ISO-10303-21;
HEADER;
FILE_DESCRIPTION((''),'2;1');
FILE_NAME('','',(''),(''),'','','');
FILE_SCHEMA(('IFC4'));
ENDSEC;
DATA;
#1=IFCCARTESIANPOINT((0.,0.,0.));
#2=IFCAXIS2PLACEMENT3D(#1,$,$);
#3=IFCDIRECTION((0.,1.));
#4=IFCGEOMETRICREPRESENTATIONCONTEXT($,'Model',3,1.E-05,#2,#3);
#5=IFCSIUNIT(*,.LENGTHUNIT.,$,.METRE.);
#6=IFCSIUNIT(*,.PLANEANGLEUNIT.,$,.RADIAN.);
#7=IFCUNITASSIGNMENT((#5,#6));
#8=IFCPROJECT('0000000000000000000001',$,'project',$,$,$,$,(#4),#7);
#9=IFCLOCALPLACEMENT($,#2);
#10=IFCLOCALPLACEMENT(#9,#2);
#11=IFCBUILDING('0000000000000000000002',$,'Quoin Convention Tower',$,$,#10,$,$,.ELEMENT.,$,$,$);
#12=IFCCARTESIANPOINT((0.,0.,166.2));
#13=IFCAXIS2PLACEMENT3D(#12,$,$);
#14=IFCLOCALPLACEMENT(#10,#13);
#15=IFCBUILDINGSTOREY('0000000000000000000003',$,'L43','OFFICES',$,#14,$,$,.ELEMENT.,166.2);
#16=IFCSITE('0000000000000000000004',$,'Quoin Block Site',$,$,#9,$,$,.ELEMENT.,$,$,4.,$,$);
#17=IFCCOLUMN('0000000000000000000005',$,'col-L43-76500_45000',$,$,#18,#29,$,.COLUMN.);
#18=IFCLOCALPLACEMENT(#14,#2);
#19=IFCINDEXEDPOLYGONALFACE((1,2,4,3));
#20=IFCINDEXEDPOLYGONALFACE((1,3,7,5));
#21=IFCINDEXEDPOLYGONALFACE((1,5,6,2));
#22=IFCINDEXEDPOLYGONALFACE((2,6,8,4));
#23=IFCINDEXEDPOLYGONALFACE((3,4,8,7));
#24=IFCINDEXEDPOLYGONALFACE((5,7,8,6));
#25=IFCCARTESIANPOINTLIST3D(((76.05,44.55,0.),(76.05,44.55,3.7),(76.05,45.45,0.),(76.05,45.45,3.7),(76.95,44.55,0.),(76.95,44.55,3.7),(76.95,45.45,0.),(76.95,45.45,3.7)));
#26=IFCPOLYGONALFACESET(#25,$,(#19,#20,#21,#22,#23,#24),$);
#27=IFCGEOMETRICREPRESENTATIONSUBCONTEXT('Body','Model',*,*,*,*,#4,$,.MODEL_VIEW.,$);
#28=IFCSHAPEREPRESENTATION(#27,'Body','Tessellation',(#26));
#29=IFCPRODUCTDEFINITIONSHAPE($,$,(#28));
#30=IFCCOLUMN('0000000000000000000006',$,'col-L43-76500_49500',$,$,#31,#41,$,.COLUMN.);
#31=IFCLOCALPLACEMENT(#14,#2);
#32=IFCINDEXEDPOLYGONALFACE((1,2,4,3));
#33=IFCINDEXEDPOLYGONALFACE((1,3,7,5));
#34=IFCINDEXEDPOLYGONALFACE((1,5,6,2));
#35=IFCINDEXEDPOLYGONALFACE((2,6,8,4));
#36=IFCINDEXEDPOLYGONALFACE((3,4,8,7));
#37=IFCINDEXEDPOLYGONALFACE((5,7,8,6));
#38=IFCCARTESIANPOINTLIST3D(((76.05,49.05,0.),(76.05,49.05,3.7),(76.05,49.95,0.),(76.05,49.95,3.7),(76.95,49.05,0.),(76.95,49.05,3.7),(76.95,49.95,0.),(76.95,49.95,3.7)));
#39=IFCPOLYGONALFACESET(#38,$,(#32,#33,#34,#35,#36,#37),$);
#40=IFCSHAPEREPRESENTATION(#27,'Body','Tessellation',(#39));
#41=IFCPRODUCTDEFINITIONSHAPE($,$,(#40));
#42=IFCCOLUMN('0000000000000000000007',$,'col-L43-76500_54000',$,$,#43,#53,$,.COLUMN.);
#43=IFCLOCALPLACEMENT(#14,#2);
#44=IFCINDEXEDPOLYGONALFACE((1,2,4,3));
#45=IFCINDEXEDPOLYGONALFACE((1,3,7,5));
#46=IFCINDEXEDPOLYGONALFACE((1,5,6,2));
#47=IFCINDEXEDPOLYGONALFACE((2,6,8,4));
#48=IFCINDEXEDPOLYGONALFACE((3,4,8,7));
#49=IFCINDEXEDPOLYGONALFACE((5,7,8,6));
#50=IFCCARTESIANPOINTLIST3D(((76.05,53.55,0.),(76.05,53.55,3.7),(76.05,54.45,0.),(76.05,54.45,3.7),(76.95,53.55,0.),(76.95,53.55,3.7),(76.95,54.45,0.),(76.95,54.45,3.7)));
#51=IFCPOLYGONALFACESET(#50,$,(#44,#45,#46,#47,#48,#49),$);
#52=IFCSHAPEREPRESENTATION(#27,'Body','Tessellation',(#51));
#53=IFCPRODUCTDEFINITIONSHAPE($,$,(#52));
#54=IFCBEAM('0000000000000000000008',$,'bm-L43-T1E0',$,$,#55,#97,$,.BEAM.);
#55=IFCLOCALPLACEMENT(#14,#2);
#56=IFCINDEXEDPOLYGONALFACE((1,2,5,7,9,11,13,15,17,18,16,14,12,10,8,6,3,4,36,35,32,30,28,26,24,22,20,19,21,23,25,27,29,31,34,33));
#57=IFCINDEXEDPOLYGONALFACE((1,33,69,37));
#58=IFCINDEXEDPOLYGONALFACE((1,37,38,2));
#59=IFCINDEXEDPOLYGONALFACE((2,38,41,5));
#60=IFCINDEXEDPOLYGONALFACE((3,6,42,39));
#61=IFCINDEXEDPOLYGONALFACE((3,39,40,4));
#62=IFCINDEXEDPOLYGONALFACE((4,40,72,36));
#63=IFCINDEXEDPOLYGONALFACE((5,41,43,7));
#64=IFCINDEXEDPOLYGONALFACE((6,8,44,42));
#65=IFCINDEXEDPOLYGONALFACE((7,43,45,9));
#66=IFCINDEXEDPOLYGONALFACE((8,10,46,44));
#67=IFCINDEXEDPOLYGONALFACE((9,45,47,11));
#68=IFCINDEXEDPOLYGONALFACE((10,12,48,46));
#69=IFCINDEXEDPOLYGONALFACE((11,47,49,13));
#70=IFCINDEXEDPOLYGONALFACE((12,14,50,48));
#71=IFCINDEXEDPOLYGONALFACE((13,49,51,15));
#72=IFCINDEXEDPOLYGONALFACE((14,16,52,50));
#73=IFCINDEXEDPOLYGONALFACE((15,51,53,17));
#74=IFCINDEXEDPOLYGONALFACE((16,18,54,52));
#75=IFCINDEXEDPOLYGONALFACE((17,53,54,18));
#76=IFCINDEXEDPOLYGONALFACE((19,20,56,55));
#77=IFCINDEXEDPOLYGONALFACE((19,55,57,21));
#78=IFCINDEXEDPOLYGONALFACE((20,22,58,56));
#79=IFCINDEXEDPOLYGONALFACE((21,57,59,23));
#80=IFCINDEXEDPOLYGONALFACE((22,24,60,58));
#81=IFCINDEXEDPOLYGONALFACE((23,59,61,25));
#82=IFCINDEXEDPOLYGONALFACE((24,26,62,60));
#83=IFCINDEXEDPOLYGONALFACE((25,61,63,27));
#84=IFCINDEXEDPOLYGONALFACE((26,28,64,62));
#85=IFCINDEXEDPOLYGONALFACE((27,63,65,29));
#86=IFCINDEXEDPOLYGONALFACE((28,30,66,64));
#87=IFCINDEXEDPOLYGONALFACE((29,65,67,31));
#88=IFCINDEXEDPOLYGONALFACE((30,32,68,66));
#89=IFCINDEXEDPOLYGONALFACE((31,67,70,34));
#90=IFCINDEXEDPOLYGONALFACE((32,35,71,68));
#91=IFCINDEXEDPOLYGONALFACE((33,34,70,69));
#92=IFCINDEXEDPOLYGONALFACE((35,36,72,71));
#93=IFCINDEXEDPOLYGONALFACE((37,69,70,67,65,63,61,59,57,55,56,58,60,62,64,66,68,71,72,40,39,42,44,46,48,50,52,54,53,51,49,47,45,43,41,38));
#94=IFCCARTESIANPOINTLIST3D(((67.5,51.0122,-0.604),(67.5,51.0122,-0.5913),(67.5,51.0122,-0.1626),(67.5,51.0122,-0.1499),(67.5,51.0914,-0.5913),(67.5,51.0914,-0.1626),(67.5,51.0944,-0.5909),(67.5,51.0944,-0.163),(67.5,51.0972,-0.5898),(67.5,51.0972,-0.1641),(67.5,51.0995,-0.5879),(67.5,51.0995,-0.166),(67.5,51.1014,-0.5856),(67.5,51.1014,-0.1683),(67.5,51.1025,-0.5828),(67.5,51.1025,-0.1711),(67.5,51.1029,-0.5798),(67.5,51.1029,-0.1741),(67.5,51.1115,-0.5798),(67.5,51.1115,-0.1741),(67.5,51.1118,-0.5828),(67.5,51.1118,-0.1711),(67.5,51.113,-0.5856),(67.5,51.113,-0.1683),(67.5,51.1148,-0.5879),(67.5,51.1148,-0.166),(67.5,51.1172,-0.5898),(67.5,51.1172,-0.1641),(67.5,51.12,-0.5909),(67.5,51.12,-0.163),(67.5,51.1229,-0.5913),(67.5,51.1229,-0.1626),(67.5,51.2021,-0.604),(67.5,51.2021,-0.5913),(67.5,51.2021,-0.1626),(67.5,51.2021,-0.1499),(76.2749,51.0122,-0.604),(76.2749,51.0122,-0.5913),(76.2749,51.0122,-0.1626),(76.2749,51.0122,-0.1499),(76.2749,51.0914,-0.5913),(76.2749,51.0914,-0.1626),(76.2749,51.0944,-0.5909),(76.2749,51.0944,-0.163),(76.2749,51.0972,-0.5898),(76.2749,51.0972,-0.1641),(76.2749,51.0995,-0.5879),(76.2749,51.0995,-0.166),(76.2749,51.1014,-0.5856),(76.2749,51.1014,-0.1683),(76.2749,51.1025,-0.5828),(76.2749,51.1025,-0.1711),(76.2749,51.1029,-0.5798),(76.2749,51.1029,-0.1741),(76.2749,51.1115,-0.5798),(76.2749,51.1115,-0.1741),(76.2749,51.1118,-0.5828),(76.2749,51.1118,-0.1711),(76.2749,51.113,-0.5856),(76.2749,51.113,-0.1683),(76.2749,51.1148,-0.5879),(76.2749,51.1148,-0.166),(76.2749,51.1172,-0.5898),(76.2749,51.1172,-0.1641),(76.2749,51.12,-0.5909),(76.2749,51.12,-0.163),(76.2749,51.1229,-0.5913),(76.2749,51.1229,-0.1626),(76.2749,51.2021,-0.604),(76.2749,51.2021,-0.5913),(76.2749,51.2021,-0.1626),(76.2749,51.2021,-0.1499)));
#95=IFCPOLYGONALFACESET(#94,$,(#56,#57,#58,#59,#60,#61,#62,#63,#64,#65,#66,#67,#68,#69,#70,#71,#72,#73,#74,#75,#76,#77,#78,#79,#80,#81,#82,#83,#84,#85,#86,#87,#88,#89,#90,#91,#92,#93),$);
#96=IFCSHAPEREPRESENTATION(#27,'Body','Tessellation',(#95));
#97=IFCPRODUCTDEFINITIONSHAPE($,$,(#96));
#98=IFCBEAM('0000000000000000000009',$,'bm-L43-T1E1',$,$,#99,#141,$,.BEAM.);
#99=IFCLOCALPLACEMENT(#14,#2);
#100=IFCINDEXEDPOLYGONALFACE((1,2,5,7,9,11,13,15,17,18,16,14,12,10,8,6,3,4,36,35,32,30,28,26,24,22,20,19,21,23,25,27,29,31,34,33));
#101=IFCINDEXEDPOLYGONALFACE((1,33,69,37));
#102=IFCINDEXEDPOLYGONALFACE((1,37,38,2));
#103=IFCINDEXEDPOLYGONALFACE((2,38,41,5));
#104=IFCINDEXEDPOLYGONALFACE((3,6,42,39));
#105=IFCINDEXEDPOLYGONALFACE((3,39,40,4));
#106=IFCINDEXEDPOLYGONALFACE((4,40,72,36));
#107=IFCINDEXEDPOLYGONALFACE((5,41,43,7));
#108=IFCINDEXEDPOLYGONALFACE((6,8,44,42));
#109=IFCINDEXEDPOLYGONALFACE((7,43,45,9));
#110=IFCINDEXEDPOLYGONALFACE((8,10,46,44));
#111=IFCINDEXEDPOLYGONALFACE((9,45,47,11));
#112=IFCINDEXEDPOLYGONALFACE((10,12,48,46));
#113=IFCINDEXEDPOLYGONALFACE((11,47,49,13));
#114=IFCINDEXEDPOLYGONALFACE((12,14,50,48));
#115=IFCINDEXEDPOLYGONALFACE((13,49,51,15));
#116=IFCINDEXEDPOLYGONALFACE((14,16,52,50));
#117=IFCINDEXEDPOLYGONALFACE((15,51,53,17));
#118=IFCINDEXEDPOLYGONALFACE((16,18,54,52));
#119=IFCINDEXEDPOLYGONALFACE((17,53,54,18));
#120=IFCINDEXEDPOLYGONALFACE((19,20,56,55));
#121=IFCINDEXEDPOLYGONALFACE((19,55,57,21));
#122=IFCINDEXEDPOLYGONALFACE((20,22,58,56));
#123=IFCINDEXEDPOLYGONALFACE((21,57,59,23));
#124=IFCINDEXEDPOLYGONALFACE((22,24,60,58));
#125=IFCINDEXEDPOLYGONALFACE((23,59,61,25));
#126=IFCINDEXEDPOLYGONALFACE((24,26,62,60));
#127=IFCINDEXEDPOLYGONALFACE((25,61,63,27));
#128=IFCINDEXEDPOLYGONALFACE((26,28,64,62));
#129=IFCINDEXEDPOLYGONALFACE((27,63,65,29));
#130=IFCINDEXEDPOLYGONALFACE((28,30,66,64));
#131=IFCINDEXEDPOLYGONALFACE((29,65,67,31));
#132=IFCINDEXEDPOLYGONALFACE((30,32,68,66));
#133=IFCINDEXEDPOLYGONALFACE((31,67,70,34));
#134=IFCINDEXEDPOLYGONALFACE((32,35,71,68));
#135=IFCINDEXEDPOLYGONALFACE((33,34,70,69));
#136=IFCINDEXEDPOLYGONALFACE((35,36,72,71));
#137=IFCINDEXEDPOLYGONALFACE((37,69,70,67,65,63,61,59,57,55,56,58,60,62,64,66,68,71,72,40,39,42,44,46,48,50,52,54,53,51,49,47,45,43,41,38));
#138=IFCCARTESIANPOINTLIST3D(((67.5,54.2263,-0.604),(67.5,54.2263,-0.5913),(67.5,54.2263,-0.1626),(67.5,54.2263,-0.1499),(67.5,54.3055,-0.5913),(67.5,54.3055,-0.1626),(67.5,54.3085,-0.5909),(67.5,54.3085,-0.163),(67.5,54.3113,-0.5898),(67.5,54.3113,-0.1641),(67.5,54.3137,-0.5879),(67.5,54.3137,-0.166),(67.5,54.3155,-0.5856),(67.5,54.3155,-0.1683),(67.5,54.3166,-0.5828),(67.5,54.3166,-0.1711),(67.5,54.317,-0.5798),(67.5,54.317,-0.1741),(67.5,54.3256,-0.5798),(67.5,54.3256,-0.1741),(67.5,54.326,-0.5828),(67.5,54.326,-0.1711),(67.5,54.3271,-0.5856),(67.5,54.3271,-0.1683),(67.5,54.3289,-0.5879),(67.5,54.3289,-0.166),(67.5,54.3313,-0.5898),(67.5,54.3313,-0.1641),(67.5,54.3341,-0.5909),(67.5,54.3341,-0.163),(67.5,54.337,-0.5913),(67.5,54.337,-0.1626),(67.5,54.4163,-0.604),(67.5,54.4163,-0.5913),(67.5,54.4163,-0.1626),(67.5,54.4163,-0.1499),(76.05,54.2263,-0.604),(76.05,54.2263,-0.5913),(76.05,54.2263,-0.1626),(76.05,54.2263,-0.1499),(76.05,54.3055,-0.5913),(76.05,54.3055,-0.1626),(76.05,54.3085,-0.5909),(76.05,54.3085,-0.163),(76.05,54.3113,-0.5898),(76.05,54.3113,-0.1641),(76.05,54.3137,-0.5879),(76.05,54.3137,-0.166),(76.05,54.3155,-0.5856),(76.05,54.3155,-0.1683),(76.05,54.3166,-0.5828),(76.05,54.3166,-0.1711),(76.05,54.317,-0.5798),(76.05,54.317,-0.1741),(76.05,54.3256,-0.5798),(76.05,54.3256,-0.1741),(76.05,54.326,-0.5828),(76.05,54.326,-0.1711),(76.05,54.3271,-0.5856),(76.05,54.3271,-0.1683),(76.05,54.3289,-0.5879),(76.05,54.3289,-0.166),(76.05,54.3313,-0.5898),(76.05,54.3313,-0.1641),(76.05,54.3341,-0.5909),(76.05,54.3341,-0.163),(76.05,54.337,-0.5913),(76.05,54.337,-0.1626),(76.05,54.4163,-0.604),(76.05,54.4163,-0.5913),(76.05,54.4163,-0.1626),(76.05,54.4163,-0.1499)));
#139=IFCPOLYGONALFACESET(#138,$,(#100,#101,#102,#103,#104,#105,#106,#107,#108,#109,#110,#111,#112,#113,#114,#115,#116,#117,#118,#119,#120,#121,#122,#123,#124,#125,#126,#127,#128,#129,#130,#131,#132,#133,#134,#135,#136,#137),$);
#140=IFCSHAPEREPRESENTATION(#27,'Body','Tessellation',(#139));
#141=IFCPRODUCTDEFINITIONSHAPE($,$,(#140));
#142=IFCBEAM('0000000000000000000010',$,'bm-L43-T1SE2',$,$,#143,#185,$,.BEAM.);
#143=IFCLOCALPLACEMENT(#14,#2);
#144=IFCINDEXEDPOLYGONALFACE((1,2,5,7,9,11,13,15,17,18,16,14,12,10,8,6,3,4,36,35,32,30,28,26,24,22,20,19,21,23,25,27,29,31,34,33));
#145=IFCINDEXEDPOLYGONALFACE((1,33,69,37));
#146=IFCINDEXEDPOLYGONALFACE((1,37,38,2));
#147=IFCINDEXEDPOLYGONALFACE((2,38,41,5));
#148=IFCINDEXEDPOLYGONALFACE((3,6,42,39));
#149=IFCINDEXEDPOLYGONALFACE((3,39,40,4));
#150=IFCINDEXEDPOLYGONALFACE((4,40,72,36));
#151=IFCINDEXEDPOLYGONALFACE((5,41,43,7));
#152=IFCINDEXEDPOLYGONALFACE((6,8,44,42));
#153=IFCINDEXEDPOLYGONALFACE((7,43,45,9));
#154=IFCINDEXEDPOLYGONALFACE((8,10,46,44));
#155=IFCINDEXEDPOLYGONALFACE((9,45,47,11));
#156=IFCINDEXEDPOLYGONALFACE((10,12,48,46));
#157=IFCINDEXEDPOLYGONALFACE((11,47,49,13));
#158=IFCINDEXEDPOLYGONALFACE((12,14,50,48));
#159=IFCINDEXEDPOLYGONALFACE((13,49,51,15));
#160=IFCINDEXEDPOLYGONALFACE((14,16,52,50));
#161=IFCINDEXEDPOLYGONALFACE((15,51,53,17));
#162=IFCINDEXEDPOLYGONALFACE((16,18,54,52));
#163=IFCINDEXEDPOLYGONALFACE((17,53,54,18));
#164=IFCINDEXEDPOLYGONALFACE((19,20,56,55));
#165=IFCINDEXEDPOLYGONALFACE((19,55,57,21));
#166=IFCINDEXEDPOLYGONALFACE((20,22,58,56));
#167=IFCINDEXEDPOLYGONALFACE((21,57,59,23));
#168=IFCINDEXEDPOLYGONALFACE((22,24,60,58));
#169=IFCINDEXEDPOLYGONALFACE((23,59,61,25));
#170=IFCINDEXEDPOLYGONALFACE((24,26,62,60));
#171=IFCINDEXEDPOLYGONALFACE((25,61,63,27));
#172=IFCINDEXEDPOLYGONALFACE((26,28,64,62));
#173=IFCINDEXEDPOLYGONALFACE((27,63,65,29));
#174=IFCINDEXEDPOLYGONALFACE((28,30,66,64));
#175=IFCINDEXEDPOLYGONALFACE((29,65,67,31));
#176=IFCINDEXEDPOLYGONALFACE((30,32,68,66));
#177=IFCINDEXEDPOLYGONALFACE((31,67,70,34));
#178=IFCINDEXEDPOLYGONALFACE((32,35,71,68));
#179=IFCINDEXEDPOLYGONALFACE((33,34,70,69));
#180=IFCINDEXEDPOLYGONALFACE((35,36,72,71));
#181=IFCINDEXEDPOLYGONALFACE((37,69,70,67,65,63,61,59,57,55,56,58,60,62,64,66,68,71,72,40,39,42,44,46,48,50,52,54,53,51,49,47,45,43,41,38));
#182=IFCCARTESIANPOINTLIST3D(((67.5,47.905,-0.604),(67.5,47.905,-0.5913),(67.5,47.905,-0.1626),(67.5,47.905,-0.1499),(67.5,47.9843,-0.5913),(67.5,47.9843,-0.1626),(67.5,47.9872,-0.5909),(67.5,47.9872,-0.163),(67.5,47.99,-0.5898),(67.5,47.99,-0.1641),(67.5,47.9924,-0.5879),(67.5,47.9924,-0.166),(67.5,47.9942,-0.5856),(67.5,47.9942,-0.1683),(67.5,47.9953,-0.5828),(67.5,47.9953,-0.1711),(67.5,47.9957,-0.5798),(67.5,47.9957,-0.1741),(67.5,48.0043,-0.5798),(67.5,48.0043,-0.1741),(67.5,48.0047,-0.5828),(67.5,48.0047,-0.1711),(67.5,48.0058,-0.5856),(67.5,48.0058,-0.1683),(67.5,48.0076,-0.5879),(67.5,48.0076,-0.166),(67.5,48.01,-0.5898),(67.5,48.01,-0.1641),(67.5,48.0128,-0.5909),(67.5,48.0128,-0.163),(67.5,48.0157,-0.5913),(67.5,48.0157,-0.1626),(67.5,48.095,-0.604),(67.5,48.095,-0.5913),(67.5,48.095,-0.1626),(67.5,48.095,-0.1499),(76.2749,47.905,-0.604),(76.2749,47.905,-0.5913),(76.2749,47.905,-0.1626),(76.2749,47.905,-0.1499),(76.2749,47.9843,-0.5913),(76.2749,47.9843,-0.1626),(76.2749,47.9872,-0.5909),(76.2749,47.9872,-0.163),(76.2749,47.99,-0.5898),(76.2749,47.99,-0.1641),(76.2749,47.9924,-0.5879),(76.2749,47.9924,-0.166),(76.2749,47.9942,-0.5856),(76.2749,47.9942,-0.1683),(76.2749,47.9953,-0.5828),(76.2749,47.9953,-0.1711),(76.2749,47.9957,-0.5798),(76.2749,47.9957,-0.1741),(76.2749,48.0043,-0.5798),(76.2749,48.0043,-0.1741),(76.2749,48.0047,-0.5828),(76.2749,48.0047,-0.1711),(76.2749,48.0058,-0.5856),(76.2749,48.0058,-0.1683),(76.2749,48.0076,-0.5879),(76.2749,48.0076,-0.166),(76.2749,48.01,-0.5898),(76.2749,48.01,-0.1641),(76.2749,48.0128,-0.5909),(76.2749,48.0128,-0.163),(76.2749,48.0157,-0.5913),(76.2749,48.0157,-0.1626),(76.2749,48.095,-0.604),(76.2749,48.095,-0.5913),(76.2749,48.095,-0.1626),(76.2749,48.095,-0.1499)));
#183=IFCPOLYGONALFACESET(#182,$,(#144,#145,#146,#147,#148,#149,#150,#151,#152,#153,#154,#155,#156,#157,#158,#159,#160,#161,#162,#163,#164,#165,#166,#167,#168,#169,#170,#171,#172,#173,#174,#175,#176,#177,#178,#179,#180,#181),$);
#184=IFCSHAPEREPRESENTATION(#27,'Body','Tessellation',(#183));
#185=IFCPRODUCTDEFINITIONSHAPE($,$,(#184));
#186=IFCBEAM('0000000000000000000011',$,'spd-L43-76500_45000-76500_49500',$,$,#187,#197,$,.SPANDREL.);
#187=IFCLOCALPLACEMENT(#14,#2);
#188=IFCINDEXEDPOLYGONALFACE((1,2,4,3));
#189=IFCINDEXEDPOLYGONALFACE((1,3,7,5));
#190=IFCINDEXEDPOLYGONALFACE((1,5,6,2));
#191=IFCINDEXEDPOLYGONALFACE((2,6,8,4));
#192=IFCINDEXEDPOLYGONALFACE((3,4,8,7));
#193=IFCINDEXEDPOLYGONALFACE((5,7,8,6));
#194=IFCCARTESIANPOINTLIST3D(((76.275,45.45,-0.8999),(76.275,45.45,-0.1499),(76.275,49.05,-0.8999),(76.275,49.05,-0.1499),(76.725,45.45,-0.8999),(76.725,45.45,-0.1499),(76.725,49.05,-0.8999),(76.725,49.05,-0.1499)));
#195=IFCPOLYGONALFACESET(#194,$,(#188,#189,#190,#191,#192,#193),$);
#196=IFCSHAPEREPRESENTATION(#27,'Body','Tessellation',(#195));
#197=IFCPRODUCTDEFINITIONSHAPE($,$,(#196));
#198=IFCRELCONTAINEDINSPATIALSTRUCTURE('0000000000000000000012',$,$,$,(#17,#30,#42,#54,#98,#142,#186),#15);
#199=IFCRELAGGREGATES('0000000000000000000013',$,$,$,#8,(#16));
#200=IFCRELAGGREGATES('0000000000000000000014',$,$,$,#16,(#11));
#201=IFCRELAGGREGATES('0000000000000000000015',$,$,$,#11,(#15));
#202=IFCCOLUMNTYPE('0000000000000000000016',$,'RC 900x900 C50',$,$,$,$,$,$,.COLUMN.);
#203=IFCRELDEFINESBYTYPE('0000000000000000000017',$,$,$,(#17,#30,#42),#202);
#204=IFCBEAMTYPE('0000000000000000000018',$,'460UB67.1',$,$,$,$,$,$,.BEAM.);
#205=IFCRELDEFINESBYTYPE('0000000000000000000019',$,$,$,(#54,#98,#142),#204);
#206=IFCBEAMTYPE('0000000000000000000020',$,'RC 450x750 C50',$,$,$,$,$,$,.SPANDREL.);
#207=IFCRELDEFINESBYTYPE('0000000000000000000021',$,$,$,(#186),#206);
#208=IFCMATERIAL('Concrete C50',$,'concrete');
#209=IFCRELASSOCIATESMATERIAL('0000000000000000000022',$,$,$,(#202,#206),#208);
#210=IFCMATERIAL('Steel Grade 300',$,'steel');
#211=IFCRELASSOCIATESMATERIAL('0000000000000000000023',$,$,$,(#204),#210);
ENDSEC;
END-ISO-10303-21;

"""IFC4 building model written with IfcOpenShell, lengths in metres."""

from ifc_helpers import new_model, si_unit, direction, frame, origin, origin_2d, place, context, subcontext, project, spatial, rectangle, i_section, extrude, material, material_profile, profile_set, type_object, element, save


model = new_model("IFC4")

# Units and contexts
model_context = context("Model", 3, precision=1e-05, world=origin(), true_north=direction((0.0, 1.0)))
body_context = subcontext(model_context, "Body", "Model", "MODEL_VIEW")
ifc_project = project(units=[si_unit("LENGTHUNIT", "METRE"), si_unit("PLANEANGLEUNIT", "RADIAN")], contexts=[model_context])

# Site, building, storey
site_placement = place(None, origin())
site = spatial("IfcSite", under=ifc_project, at=site_placement, Name="Quoin Block Site", CompositionType="ELEMENT", RefElevation=4.0)
building_placement = place(site_placement, origin())
building = spatial("IfcBuilding", under=site, at=building_placement, Name="Quoin Convention Tower", CompositionType="ELEMENT")
storey_placement = place(building_placement, frame((0.0, 0.0, 166.2)))
storey = spatial("IfcBuildingStorey", under=building, at=storey_placement, Name="L43", Description="OFFICES", CompositionType="ELEMENT", Elevation=166.2)

# Columns
ifc_material_1 = material(Name="Concrete C50", Category="concrete")
ifc_material_profile_1 = material_profile(ifc_material_1, rectangle(XDim=0.8999, YDim=0.8999, at=origin_2d()), Name="RC 900x900")
ifc_profile_set_1 = profile_set([ifc_material_profile_1], Name="Concrete C50")
column_type = type_object("IfcColumnType", Name="RC 900x900 C50", PredefinedType="COLUMN", material=ifc_profile_set_1)
for number, where, z_axis, x_axis, name in (
    (1, (76.5, 45.0, 0.0), (0.0, 0.0, 1.0), (1.0, 0.0, 0.0), "col-L43-76500_45000"),
    (2, (76.5, 49.5, 0.0), (0.0, 0.0, 1.0), (1.0, 0.0, 0.0), "col-L43-76500_49500"),
    (3, (76.5, 54.0, 0.0), (0.0, 0.0, 1.0), (1.0, 0.0, 0.0), "col-L43-76500_54000"),
):
    element("IfcColumn", number, at=place(storey_placement, frame(where, z_axis=z_axis, x_axis=x_axis)), inside=storey, type_object=column_type, Name=name, PredefinedType="COLUMN", context=body_context, shape_type="SweptSolid", body=[
        extrude(rectangle(XDim=0.8999, YDim=0.8999, at=origin_2d()), origin(), (0.0, 0.0, 1.0), 3.7),
    ])

# Beams
ifc_material_2 = material(Name="Steel Grade 300", Category="steel")
ifc_material_profile_2 = material_profile(ifc_material_2, i_section(OverallWidth=0.1899, OverallDepth=0.4541, WebThickness=0.0085, FlangeThickness=0.0127, FilletRadius=0.0115, at=origin_2d()), Name="460UB67.1")
ifc_profile_set_2 = profile_set([ifc_material_profile_2], Name="Steel Grade 300")
beam_type_1 = type_object("IfcBeamType", Name="460UB67.1", PredefinedType="BEAM", material=ifc_profile_set_2)
beam_1_placement = place(storey_placement, frame((67.5, 51.1072, -0.377), z_axis=(1.0, 0.0, 0.0), x_axis=(0.0, 1.0, 0.0)))
element("IfcBeam", 4, at=beam_1_placement, inside=storey, type_object=beam_type_1, Name="bm-L43-T1E0", PredefinedType="BEAM", context=body_context, shape_type="SweptSolid", body=[
    extrude(i_section(OverallWidth=0.1899, OverallDepth=0.4541, WebThickness=0.0085, FlangeThickness=0.0127, FilletRadius=0.0115, at=origin_2d()), origin(), (0.0, 0.0, 1.0), 8.7749),
])
beam_2_placement = place(storey_placement, frame((67.5, 54.3213, -0.377), z_axis=(1.0, 0.0, 0.0), x_axis=(0.0, 1.0, 0.0)))
element("IfcBeam", 5, at=beam_2_placement, inside=storey, type_object=beam_type_1, Name="bm-L43-T1E1", PredefinedType="BEAM", context=body_context, shape_type="SweptSolid", body=[
    extrude(i_section(OverallWidth=0.1899, OverallDepth=0.4541, WebThickness=0.0085, FlangeThickness=0.0127, FilletRadius=0.0115, at=origin_2d()), origin(), (0.0, 0.0, 1.0), 8.55),
])
beam_3_placement = place(storey_placement, frame((67.5, 48.0, -0.377), z_axis=(1.0, 0.0, 0.0), x_axis=(0.0, 1.0, 0.0)))
element("IfcBeam", 6, at=beam_3_placement, inside=storey, type_object=beam_type_1, Name="bm-L43-T1SE2", PredefinedType="BEAM", context=body_context, shape_type="SweptSolid", body=[
    extrude(i_section(OverallWidth=0.1899, OverallDepth=0.4541, WebThickness=0.0085, FlangeThickness=0.0127, FilletRadius=0.0115, at=origin_2d()), origin(), (0.0, 0.0, 1.0), 8.7749),
])
ifc_material_profile_3 = material_profile(ifc_material_1, rectangle(XDim=0.45, YDim=0.75, at=origin_2d()), Name="RC 450x750")
ifc_profile_set_3 = profile_set([ifc_material_profile_3], Name="Concrete C50")
beam_type_2 = type_object("IfcBeamType", Name="RC 450x750 C50", PredefinedType="SPANDREL", material=ifc_profile_set_3)
for number, where, z_axis, x_axis, name in (
    (7, (76.5, 45.45, -0.5249), (0.0, 1.0, 0.0), (-1.0, 0.0, 0.0), "spd-L43-76500_45000-76500_49500"),
):
    element("IfcBeam", number, at=place(storey_placement, frame(where, z_axis=z_axis, x_axis=x_axis)), inside=storey, type_object=beam_type_2, Name=name, PredefinedType="SPANDREL", context=body_context, shape_type="SweptSolid", body=[
        extrude(rectangle(XDim=0.45, YDim=0.75, at=origin_2d()), origin(), (0.0, 0.0, 1.0), 3.6001),
    ])

save(model, "model.ifc")
